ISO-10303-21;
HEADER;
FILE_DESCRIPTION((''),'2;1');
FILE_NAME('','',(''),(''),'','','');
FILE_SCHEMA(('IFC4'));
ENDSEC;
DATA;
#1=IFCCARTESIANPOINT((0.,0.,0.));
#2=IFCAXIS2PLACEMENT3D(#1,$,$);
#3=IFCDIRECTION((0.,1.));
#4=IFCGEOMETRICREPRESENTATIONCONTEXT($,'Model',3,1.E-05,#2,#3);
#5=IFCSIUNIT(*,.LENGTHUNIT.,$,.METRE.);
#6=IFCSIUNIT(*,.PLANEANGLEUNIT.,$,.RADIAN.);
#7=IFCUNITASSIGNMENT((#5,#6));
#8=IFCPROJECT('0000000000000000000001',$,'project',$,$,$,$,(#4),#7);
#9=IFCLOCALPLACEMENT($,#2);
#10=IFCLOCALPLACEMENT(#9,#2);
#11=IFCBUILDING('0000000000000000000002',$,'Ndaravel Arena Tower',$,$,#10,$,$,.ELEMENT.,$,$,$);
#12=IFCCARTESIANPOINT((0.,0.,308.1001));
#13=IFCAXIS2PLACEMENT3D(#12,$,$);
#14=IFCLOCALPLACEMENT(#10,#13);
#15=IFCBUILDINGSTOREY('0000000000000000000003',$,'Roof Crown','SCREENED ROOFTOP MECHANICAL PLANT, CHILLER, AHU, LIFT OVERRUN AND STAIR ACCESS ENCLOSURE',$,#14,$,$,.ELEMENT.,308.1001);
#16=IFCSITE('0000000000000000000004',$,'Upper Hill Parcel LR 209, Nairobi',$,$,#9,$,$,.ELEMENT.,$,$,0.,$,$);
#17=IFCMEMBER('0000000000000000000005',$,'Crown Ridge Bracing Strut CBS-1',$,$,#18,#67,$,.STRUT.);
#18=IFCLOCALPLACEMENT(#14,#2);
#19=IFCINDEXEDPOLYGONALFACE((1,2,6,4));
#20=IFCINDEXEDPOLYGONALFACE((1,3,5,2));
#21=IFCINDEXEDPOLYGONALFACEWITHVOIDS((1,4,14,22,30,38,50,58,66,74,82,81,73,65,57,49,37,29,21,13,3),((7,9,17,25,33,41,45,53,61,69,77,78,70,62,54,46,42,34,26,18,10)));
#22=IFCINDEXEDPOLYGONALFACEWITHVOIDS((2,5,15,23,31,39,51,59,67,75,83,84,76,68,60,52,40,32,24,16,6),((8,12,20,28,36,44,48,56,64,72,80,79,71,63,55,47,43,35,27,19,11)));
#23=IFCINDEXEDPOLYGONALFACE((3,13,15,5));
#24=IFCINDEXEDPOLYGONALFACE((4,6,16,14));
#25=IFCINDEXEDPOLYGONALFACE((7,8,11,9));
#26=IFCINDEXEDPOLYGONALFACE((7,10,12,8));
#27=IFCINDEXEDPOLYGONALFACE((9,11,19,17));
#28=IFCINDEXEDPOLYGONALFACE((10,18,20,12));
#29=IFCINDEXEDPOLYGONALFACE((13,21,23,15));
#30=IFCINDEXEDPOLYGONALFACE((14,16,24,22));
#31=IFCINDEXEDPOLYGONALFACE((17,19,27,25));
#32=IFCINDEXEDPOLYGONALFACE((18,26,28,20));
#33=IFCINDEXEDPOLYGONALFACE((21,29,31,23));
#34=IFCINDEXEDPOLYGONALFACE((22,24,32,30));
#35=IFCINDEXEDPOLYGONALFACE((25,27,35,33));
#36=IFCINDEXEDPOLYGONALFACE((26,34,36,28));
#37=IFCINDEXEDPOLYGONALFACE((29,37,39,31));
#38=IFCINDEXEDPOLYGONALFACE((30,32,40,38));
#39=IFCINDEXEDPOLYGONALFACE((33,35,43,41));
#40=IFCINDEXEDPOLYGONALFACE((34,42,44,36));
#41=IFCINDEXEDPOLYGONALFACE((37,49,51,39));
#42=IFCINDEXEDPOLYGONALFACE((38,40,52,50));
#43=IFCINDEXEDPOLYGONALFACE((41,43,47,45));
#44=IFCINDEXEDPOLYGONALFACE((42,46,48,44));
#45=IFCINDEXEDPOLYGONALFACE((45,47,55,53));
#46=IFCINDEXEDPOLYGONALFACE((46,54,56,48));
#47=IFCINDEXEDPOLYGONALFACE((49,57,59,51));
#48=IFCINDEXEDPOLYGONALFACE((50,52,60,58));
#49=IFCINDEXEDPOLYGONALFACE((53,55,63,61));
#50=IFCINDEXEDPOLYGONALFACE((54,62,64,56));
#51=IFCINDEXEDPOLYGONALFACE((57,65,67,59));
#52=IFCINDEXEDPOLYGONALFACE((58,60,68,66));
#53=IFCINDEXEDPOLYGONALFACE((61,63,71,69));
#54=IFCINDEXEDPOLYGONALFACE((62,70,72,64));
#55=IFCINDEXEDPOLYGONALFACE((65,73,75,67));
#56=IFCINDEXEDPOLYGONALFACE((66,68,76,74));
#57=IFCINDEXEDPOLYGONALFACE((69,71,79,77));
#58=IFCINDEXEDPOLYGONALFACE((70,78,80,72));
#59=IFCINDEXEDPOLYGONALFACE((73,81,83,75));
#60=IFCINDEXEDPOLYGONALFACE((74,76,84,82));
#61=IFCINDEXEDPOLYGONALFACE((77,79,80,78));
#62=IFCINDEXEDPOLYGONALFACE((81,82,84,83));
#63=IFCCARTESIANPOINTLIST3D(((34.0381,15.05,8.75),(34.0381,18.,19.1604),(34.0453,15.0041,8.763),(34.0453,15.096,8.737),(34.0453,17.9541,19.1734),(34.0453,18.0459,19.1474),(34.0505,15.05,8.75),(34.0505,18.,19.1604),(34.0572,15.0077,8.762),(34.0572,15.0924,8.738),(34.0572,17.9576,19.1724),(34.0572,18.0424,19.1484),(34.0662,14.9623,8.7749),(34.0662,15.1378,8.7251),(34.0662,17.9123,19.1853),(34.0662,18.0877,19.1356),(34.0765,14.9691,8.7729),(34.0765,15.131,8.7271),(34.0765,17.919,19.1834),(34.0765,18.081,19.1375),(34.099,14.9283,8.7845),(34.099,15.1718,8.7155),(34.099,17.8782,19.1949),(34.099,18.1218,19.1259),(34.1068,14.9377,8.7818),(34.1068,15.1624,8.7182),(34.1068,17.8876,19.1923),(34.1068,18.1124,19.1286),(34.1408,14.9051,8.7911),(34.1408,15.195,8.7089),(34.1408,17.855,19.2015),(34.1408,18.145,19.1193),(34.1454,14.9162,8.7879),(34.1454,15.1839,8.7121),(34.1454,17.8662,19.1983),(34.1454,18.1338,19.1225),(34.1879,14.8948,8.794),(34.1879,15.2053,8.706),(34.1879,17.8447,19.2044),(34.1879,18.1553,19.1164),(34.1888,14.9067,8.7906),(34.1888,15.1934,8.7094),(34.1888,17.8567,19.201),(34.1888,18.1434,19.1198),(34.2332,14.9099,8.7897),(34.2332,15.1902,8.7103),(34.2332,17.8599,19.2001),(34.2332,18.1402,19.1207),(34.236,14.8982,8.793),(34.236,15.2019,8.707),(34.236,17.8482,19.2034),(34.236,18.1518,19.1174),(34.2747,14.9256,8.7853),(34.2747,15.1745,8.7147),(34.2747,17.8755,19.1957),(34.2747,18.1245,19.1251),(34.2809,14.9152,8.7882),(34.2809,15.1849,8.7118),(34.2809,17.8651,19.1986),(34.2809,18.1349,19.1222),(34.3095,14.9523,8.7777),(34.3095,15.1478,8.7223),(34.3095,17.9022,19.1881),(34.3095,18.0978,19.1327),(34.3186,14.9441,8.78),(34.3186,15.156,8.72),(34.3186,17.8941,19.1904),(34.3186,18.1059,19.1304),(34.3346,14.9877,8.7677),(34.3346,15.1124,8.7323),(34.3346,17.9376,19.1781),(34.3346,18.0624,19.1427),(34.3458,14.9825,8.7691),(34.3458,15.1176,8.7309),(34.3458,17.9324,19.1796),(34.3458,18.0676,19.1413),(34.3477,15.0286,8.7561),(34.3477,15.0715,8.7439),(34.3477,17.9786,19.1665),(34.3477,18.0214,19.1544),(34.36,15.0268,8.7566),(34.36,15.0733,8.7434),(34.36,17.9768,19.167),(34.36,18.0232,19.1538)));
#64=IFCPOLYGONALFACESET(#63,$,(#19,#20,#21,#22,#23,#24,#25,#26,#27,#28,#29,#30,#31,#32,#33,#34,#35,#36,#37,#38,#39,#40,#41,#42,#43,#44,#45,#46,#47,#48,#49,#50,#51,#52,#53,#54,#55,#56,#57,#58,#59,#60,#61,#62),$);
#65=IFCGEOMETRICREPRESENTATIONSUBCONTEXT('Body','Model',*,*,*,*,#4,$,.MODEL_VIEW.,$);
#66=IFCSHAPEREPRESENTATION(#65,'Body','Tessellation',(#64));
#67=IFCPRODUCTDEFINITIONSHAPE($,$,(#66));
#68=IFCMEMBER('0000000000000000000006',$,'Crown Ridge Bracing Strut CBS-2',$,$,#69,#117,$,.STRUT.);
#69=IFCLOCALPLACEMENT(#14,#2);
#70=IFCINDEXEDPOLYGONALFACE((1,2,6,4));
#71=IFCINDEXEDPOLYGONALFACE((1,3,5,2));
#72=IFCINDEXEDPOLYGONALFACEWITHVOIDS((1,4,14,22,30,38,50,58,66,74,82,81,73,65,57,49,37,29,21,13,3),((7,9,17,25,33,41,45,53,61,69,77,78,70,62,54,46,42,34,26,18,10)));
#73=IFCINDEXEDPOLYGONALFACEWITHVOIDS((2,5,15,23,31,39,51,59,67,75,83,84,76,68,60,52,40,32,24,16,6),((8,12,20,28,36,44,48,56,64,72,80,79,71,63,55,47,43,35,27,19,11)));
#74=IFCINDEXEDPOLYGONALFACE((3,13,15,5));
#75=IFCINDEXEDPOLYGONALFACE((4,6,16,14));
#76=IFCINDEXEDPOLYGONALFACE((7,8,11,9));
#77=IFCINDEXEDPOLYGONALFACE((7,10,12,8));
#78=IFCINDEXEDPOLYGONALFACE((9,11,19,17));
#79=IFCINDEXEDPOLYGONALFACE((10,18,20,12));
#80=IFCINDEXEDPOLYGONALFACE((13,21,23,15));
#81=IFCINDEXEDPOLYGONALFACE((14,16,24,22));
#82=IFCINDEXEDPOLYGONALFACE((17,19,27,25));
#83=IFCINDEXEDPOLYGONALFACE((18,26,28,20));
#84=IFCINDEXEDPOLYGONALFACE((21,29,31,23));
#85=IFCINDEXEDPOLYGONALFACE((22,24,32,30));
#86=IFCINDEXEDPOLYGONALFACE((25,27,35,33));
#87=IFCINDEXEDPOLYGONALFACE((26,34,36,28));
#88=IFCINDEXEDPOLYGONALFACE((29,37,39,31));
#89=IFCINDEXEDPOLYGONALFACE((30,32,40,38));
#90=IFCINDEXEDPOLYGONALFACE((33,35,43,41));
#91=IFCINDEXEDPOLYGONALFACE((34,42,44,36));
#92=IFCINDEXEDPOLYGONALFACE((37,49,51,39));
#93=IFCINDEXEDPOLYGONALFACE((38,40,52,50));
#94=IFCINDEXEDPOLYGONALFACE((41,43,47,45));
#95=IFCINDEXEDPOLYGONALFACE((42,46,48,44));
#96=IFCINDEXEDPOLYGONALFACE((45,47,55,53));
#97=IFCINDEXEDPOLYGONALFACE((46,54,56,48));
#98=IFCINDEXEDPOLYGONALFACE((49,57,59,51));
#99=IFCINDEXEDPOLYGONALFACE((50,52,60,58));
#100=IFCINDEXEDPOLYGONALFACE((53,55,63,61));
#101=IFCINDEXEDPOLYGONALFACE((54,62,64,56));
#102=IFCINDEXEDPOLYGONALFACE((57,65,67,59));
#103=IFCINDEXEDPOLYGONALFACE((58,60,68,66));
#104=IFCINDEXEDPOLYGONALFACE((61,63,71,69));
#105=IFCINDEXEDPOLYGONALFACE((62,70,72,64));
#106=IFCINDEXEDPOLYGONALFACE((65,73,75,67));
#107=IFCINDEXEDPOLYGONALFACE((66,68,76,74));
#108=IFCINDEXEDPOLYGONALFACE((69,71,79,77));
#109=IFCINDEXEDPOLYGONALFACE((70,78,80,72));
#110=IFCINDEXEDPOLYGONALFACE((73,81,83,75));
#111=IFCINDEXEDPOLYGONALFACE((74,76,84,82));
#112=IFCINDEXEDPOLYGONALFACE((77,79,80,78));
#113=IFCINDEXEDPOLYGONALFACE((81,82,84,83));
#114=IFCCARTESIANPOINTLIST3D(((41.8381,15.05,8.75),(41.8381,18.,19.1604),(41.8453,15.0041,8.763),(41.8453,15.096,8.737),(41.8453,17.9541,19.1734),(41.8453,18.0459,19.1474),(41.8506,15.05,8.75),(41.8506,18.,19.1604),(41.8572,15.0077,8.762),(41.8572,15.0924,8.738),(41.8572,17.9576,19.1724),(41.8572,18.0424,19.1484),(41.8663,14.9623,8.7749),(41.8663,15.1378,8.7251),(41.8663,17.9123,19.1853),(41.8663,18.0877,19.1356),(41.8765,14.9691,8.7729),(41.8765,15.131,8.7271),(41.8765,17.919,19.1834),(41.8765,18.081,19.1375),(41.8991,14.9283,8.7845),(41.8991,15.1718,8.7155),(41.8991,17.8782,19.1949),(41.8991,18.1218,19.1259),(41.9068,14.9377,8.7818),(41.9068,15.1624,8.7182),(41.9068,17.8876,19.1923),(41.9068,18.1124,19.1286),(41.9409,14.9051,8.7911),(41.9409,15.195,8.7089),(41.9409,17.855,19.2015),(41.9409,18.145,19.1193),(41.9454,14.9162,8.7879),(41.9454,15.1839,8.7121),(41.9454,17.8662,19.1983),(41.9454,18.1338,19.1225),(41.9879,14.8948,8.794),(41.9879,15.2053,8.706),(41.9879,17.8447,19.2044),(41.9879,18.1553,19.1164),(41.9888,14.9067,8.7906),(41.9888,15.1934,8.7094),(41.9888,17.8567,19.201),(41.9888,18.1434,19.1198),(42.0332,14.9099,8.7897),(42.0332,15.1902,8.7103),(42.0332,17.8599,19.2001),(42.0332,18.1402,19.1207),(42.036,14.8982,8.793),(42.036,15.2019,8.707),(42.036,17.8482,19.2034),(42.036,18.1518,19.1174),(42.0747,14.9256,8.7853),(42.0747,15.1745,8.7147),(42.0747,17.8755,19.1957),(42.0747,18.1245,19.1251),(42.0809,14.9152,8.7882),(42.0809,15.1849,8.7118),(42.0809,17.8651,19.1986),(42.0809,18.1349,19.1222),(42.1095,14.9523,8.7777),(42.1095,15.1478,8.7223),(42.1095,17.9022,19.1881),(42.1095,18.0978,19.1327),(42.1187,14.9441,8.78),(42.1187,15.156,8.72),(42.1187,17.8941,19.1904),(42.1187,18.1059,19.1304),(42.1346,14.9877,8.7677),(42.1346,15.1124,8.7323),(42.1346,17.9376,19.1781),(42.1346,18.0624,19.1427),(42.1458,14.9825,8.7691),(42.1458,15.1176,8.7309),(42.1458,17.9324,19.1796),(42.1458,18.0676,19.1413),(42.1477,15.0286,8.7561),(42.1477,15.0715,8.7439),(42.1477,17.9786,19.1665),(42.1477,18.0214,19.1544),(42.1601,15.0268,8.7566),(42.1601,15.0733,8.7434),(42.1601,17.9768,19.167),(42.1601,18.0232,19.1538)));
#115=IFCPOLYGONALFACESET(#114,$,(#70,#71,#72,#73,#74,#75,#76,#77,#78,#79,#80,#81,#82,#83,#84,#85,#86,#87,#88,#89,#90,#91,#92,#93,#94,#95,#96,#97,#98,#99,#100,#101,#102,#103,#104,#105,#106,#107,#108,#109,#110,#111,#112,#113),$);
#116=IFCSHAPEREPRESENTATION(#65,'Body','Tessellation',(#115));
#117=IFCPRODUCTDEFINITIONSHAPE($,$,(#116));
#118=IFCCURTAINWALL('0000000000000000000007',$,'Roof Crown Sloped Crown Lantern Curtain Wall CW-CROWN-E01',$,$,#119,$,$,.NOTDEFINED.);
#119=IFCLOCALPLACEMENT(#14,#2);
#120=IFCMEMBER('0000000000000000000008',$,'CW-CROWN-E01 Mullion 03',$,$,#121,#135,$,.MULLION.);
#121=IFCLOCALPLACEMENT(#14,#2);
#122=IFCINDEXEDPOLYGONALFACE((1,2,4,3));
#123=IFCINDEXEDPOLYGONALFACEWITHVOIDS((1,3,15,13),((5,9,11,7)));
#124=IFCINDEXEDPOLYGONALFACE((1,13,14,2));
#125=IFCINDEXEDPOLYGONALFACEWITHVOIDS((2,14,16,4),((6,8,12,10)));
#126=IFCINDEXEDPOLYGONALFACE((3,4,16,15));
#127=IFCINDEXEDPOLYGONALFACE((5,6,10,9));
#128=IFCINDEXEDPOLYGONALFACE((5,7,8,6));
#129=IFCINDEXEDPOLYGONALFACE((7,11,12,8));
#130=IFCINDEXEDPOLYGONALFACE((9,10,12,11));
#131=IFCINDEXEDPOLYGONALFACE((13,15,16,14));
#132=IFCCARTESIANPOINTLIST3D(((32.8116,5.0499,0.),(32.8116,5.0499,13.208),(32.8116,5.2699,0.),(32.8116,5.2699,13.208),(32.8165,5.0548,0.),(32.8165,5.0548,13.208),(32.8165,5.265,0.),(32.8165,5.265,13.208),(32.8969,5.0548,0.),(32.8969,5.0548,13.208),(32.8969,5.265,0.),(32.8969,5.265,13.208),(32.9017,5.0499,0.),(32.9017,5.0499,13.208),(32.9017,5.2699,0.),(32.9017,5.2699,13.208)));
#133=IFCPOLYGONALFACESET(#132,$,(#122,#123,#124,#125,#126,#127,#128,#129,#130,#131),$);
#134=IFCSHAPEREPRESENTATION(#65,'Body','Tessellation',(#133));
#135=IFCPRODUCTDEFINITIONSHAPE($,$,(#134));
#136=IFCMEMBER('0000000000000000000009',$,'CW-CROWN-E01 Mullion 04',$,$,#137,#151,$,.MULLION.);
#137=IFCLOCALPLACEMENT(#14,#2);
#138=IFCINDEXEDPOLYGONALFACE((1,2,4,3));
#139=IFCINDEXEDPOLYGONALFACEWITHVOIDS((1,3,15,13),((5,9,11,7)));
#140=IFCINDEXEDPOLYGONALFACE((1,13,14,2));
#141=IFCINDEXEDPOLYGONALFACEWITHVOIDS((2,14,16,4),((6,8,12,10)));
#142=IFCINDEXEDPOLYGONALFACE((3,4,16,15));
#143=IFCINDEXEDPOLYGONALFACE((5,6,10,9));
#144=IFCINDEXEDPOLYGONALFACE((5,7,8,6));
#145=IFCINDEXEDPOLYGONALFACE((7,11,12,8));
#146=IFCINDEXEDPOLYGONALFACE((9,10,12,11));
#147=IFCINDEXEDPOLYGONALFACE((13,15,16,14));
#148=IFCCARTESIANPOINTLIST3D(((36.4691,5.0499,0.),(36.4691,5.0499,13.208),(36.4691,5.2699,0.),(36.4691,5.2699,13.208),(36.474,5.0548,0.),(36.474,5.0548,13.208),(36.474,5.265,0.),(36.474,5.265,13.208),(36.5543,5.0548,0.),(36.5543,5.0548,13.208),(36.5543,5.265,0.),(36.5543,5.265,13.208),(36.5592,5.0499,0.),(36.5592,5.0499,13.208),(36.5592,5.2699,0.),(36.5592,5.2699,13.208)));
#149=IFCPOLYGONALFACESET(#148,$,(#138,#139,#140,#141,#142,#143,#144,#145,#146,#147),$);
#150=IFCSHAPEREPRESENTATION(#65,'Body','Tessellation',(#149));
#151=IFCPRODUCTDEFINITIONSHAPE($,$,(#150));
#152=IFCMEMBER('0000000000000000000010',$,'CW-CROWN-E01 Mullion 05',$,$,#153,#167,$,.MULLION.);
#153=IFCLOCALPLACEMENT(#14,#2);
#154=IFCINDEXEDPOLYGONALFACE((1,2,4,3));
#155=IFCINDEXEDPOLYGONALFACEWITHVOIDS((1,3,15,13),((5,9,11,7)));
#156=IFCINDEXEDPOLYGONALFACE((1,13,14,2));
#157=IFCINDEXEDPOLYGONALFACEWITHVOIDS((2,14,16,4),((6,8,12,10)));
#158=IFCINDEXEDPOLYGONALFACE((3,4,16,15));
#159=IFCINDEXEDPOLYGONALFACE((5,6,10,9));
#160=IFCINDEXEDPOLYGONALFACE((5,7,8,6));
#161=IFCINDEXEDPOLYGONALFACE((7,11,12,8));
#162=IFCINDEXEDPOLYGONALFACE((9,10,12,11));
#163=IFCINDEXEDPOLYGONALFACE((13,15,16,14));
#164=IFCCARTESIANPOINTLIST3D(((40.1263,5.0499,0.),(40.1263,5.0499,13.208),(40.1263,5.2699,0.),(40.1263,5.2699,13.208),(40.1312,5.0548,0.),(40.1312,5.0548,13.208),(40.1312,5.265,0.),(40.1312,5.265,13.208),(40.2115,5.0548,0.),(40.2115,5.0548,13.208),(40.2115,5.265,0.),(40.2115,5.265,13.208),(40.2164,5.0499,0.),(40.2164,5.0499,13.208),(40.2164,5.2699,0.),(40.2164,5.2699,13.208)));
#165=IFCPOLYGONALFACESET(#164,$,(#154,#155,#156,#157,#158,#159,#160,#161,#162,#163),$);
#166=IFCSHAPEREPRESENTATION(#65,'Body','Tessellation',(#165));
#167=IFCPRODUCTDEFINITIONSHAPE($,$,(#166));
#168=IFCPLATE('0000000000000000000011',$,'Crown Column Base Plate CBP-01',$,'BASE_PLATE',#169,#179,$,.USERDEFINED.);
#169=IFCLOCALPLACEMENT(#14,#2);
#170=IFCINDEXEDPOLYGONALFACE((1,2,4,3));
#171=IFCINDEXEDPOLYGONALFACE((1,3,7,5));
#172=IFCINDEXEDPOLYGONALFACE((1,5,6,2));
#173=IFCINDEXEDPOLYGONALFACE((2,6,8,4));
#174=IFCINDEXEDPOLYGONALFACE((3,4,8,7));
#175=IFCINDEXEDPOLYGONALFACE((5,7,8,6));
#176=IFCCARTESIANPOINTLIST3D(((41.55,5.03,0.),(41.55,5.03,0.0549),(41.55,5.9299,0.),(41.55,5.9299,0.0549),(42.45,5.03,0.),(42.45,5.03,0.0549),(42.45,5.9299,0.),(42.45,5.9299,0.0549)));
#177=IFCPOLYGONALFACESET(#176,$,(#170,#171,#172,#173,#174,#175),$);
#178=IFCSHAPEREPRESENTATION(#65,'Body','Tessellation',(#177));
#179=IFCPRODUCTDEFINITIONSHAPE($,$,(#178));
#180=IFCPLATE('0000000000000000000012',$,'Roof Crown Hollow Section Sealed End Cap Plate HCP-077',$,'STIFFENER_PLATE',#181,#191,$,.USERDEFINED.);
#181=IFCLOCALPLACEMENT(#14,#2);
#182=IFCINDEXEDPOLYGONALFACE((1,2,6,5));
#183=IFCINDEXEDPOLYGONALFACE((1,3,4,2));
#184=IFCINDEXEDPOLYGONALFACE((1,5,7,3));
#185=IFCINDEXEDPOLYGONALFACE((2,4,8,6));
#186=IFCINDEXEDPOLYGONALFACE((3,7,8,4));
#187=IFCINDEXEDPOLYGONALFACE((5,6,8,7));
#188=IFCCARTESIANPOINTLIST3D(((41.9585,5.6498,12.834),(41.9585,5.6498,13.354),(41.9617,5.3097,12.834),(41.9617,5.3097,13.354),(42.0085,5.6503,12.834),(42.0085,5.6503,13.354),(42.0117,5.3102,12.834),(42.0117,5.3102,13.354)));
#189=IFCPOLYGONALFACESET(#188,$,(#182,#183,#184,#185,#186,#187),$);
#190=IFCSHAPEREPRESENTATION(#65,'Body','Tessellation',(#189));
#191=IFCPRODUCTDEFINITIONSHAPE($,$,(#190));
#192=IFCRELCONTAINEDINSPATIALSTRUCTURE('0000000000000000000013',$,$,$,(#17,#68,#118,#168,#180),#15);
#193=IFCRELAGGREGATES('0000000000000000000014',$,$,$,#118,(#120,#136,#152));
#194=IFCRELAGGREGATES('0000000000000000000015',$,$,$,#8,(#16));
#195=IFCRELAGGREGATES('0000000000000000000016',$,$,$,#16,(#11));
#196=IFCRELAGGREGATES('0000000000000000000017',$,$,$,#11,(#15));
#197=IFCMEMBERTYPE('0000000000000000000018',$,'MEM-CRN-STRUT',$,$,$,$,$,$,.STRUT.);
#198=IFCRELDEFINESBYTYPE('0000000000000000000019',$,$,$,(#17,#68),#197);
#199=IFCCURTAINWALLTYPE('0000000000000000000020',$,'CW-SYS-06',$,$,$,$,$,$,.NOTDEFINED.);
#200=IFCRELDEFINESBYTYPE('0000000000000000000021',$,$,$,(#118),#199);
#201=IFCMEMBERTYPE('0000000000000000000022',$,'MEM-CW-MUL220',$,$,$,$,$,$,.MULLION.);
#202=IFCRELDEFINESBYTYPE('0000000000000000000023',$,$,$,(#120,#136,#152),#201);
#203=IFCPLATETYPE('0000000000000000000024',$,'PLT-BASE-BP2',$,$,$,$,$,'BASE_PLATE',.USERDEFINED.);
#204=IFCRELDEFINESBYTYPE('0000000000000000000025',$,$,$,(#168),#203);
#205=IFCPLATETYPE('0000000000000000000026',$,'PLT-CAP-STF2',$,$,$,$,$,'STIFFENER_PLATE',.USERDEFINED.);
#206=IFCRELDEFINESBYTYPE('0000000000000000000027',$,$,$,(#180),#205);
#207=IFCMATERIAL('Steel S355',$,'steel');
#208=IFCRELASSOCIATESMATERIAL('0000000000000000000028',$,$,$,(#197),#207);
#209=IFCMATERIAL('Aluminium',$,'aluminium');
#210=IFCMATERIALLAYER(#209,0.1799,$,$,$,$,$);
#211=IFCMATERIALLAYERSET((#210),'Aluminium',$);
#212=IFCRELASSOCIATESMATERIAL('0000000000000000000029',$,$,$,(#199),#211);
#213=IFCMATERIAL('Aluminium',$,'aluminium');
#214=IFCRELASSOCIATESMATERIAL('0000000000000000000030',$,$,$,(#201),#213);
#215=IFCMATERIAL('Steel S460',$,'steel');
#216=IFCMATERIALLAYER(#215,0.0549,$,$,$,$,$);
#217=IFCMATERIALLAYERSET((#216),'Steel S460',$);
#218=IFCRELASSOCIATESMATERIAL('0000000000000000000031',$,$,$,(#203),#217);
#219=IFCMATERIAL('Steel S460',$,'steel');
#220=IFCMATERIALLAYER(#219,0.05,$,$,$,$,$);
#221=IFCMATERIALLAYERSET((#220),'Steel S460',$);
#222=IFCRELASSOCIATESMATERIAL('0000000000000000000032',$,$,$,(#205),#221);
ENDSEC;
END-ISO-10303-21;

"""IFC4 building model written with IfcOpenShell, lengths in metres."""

from ifc_helpers import new_model, si_unit, direction, frame, origin, origin_2d, place, context, subcontext, project, spatial, rectangle, hollow_rectangle, hollow_circle, extrude, material, layer, layer_set, material_profile, profile_set, type_object, element, aggregate, save


model = new_model("IFC4")

# Units and contexts
model_context = context("Model", 3, precision=1e-05, world=origin(), true_north=direction((0.0, 1.0)))
body_context = subcontext(model_context, "Body", "Model", "MODEL_VIEW")
ifc_project = project(units=[si_unit("LENGTHUNIT", "METRE"), si_unit("PLANEANGLEUNIT", "RADIAN")], contexts=[model_context])

# Site, building, storey
site_placement = place(None, origin())
site = spatial("IfcSite", under=ifc_project, at=site_placement, Name="Upper Hill Parcel LR 209, Nairobi", CompositionType="ELEMENT", RefElevation=0.0)
building_placement = place(site_placement, origin())
building = spatial("IfcBuilding", under=site, at=building_placement, Name="Ndaravel Arena Tower", CompositionType="ELEMENT")
storey_placement = place(building_placement, frame((0.0, 0.0, 308.1001)))
storey = spatial("IfcBuildingStorey", under=building, at=storey_placement, Name="Roof Crown", Description="SCREENED ROOFTOP MECHANICAL PLANT, CHILLER, AHU, LIFT OVERRUN AND STAIR ACCESS ENCLOSURE", CompositionType="ELEMENT", Elevation=308.1001)

# Members
ifc_material_1 = material(Name="Steel S355", Category="steel")
ifc_material_profile_1 = material_profile(ifc_material_1, hollow_circle(Radius=0.1619, WallThickness=0.0125, at=origin_2d()), Name="CHS 323.9x12.5")
ifc_profile_set_1 = profile_set([ifc_material_profile_1], Name="Steel S355")
member_type_1 = type_object("IfcMemberType", Name="MEM-CRN-STRUT", PredefinedType="STRUT", material=ifc_profile_set_1)
for number, where, z_axis, x_axis, name in (
    (1, (34.2, 15.05, 8.75), (0.0, 0.272631, 0.962119), (-1.0, 0.0, 0.0), "Crown Ridge Bracing Strut CBS-1"),
    (2, (42.0, 15.05, 8.75), (0.0, 0.272631, 0.962119), (-1.0, 0.0, 0.0), "Crown Ridge Bracing Strut CBS-2"),
):
    element("IfcMember", number, at=place(storey_placement, frame(where, z_axis=z_axis, x_axis=x_axis)), inside=storey, type_object=member_type_1, Name=name, PredefinedType="STRUT", context=body_context, shape_type="SweptSolid", body=[
        extrude(hollow_circle(Radius=0.1619, WallThickness=0.0125, at=origin_2d()), origin(), (0.0, 0.0, 1.0), 10.8203),
    ])

# Curtain wall, members
ifc_material_2 = material(Name="Aluminium", Category="aluminium")
ifc_layer_1 = layer(ifc_material_2, 0.1799)
ifc_layer_set_1 = layer_set([ifc_layer_1], Name="Aluminium")
curtain_wall_type = type_object("IfcCurtainWallType", Name="CW-SYS-06", PredefinedType="NOTDEFINED", material=ifc_layer_set_1)
curtain_wall_placement = place(storey_placement, origin())
curtain_wall = element("IfcCurtainWall", 3, at=curtain_wall_placement, inside=storey, type_object=curtain_wall_type, Name="Roof Crown Sloped Crown Lantern Curtain Wall CW-CROWN-E01", PredefinedType="NOTDEFINED")
ifc_material_3 = material(Name="Aluminium", Category="aluminium")
ifc_material_profile_2 = material_profile(ifc_material_3, hollow_rectangle(XDim=0.0901, YDim=0.22, WallThickness=0.0049, at=origin_2d()), Name="CW MULLION 90x220x5")
ifc_profile_set_2 = profile_set([ifc_material_profile_2], Name="Aluminium")
member_type_2 = type_object("IfcMemberType", Name="MEM-CW-MUL220", PredefinedType="MULLION", material=ifc_profile_set_2)
member_1_placement = place(storey_placement, frame((32.8567, 5.1599, 0.0), z_axis=(0.0, 0.0, 1.0), x_axis=(1.0, 0.0, 0.0)))
member_1 = element("IfcMember", 4, at=member_1_placement, type_object=member_type_2, Name="CW-CROWN-E01 Mullion 03", PredefinedType="MULLION", context=body_context, shape_type="SweptSolid", body=[
    extrude(hollow_rectangle(XDim=0.0901, YDim=0.22, WallThickness=0.0049, at=origin_2d()), origin(), (0.0, 0.0, 1.0), 13.208),
])
member_2_placement = place(storey_placement, frame((36.5142, 5.1599, 0.0), z_axis=(0.0, 0.0, 1.0), x_axis=(1.0, 0.0, 0.0)))
member_2 = element("IfcMember", 5, at=member_2_placement, type_object=member_type_2, Name="CW-CROWN-E01 Mullion 04", PredefinedType="MULLION", context=body_context, shape_type="SweptSolid", body=[
    extrude(hollow_rectangle(XDim=0.0901, YDim=0.22, WallThickness=0.0049, at=origin_2d()), origin(), (0.0, 0.0, 1.0), 13.208),
])
member_3_placement = place(storey_placement, frame((40.1714, 5.1599, 0.0), z_axis=(0.0, 0.0, 1.0), x_axis=(1.0, 0.0, 0.0)))
member_3 = element("IfcMember", 6, at=member_3_placement, type_object=member_type_2, Name="CW-CROWN-E01 Mullion 05", PredefinedType="MULLION", context=body_context, shape_type="SweptSolid", body=[
    extrude(hollow_rectangle(XDim=0.0901, YDim=0.22, WallThickness=0.0049, at=origin_2d()), origin(), (0.0, 0.0, 1.0), 13.208),
])

# Plates
ifc_material_4 = material(Name="Steel S460", Category="steel")
ifc_layer_2 = layer(ifc_material_4, 0.0549)
ifc_layer_set_2 = layer_set([ifc_layer_2], Name="Steel S460")
plate_type_1 = type_object("IfcPlateType", Name="PLT-BASE-BP2", ElementType="BASE_PLATE", PredefinedType="USERDEFINED", material=ifc_layer_set_2)
plate_1_placement = place(storey_placement, frame((42.0, 5.48, 0.0), z_axis=(0.0, 0.0, 1.0), x_axis=(1.0, 0.0, 0.0)))
element("IfcPlate", 7, at=plate_1_placement, inside=storey, type_object=plate_type_1, Name="Crown Column Base Plate CBP-01", ObjectType="BASE_PLATE", PredefinedType="USERDEFINED", context=body_context, shape_type="SweptSolid", body=[
    extrude(rectangle(XDim=0.8999, YDim=0.8999, at=origin_2d()), origin(), (0.0, 0.0, 1.0), 0.0549),
])
ifc_material_5 = material(Name="Steel S460", Category="steel")
ifc_layer_3 = layer(ifc_material_5, 0.05)
ifc_layer_set_3 = layer_set([ifc_layer_3], Name="Steel S460")
plate_type_2 = type_object("IfcPlateType", Name="PLT-CAP-STF2", ElementType="STIFFENER_PLATE", PredefinedType="USERDEFINED", material=ifc_layer_set_3)
for number, where, z_axis, x_axis, name in (
    (8, (41.9851, 5.48, 12.834), (0.0, 0.0, 1.0), (0.999956, 0.009425, 0.0), "Roof Crown Hollow Section Sealed End Cap Plate HCP-077"),
):
    element("IfcPlate", number, at=place(storey_placement, frame(where, z_axis=z_axis, x_axis=x_axis)), inside=storey, type_object=plate_type_2, Name=name, ObjectType="STIFFENER_PLATE", PredefinedType="USERDEFINED", context=body_context, shape_type="SweptSolid", body=[
        extrude(rectangle(XDim=0.05, YDim=0.3401, at=origin_2d()), origin(), (0.0, 0.0, 1.0), 0.52),
    ])

aggregate(curtain_wall, [member_1, member_2, member_3])

save(model, "model.ifc")
